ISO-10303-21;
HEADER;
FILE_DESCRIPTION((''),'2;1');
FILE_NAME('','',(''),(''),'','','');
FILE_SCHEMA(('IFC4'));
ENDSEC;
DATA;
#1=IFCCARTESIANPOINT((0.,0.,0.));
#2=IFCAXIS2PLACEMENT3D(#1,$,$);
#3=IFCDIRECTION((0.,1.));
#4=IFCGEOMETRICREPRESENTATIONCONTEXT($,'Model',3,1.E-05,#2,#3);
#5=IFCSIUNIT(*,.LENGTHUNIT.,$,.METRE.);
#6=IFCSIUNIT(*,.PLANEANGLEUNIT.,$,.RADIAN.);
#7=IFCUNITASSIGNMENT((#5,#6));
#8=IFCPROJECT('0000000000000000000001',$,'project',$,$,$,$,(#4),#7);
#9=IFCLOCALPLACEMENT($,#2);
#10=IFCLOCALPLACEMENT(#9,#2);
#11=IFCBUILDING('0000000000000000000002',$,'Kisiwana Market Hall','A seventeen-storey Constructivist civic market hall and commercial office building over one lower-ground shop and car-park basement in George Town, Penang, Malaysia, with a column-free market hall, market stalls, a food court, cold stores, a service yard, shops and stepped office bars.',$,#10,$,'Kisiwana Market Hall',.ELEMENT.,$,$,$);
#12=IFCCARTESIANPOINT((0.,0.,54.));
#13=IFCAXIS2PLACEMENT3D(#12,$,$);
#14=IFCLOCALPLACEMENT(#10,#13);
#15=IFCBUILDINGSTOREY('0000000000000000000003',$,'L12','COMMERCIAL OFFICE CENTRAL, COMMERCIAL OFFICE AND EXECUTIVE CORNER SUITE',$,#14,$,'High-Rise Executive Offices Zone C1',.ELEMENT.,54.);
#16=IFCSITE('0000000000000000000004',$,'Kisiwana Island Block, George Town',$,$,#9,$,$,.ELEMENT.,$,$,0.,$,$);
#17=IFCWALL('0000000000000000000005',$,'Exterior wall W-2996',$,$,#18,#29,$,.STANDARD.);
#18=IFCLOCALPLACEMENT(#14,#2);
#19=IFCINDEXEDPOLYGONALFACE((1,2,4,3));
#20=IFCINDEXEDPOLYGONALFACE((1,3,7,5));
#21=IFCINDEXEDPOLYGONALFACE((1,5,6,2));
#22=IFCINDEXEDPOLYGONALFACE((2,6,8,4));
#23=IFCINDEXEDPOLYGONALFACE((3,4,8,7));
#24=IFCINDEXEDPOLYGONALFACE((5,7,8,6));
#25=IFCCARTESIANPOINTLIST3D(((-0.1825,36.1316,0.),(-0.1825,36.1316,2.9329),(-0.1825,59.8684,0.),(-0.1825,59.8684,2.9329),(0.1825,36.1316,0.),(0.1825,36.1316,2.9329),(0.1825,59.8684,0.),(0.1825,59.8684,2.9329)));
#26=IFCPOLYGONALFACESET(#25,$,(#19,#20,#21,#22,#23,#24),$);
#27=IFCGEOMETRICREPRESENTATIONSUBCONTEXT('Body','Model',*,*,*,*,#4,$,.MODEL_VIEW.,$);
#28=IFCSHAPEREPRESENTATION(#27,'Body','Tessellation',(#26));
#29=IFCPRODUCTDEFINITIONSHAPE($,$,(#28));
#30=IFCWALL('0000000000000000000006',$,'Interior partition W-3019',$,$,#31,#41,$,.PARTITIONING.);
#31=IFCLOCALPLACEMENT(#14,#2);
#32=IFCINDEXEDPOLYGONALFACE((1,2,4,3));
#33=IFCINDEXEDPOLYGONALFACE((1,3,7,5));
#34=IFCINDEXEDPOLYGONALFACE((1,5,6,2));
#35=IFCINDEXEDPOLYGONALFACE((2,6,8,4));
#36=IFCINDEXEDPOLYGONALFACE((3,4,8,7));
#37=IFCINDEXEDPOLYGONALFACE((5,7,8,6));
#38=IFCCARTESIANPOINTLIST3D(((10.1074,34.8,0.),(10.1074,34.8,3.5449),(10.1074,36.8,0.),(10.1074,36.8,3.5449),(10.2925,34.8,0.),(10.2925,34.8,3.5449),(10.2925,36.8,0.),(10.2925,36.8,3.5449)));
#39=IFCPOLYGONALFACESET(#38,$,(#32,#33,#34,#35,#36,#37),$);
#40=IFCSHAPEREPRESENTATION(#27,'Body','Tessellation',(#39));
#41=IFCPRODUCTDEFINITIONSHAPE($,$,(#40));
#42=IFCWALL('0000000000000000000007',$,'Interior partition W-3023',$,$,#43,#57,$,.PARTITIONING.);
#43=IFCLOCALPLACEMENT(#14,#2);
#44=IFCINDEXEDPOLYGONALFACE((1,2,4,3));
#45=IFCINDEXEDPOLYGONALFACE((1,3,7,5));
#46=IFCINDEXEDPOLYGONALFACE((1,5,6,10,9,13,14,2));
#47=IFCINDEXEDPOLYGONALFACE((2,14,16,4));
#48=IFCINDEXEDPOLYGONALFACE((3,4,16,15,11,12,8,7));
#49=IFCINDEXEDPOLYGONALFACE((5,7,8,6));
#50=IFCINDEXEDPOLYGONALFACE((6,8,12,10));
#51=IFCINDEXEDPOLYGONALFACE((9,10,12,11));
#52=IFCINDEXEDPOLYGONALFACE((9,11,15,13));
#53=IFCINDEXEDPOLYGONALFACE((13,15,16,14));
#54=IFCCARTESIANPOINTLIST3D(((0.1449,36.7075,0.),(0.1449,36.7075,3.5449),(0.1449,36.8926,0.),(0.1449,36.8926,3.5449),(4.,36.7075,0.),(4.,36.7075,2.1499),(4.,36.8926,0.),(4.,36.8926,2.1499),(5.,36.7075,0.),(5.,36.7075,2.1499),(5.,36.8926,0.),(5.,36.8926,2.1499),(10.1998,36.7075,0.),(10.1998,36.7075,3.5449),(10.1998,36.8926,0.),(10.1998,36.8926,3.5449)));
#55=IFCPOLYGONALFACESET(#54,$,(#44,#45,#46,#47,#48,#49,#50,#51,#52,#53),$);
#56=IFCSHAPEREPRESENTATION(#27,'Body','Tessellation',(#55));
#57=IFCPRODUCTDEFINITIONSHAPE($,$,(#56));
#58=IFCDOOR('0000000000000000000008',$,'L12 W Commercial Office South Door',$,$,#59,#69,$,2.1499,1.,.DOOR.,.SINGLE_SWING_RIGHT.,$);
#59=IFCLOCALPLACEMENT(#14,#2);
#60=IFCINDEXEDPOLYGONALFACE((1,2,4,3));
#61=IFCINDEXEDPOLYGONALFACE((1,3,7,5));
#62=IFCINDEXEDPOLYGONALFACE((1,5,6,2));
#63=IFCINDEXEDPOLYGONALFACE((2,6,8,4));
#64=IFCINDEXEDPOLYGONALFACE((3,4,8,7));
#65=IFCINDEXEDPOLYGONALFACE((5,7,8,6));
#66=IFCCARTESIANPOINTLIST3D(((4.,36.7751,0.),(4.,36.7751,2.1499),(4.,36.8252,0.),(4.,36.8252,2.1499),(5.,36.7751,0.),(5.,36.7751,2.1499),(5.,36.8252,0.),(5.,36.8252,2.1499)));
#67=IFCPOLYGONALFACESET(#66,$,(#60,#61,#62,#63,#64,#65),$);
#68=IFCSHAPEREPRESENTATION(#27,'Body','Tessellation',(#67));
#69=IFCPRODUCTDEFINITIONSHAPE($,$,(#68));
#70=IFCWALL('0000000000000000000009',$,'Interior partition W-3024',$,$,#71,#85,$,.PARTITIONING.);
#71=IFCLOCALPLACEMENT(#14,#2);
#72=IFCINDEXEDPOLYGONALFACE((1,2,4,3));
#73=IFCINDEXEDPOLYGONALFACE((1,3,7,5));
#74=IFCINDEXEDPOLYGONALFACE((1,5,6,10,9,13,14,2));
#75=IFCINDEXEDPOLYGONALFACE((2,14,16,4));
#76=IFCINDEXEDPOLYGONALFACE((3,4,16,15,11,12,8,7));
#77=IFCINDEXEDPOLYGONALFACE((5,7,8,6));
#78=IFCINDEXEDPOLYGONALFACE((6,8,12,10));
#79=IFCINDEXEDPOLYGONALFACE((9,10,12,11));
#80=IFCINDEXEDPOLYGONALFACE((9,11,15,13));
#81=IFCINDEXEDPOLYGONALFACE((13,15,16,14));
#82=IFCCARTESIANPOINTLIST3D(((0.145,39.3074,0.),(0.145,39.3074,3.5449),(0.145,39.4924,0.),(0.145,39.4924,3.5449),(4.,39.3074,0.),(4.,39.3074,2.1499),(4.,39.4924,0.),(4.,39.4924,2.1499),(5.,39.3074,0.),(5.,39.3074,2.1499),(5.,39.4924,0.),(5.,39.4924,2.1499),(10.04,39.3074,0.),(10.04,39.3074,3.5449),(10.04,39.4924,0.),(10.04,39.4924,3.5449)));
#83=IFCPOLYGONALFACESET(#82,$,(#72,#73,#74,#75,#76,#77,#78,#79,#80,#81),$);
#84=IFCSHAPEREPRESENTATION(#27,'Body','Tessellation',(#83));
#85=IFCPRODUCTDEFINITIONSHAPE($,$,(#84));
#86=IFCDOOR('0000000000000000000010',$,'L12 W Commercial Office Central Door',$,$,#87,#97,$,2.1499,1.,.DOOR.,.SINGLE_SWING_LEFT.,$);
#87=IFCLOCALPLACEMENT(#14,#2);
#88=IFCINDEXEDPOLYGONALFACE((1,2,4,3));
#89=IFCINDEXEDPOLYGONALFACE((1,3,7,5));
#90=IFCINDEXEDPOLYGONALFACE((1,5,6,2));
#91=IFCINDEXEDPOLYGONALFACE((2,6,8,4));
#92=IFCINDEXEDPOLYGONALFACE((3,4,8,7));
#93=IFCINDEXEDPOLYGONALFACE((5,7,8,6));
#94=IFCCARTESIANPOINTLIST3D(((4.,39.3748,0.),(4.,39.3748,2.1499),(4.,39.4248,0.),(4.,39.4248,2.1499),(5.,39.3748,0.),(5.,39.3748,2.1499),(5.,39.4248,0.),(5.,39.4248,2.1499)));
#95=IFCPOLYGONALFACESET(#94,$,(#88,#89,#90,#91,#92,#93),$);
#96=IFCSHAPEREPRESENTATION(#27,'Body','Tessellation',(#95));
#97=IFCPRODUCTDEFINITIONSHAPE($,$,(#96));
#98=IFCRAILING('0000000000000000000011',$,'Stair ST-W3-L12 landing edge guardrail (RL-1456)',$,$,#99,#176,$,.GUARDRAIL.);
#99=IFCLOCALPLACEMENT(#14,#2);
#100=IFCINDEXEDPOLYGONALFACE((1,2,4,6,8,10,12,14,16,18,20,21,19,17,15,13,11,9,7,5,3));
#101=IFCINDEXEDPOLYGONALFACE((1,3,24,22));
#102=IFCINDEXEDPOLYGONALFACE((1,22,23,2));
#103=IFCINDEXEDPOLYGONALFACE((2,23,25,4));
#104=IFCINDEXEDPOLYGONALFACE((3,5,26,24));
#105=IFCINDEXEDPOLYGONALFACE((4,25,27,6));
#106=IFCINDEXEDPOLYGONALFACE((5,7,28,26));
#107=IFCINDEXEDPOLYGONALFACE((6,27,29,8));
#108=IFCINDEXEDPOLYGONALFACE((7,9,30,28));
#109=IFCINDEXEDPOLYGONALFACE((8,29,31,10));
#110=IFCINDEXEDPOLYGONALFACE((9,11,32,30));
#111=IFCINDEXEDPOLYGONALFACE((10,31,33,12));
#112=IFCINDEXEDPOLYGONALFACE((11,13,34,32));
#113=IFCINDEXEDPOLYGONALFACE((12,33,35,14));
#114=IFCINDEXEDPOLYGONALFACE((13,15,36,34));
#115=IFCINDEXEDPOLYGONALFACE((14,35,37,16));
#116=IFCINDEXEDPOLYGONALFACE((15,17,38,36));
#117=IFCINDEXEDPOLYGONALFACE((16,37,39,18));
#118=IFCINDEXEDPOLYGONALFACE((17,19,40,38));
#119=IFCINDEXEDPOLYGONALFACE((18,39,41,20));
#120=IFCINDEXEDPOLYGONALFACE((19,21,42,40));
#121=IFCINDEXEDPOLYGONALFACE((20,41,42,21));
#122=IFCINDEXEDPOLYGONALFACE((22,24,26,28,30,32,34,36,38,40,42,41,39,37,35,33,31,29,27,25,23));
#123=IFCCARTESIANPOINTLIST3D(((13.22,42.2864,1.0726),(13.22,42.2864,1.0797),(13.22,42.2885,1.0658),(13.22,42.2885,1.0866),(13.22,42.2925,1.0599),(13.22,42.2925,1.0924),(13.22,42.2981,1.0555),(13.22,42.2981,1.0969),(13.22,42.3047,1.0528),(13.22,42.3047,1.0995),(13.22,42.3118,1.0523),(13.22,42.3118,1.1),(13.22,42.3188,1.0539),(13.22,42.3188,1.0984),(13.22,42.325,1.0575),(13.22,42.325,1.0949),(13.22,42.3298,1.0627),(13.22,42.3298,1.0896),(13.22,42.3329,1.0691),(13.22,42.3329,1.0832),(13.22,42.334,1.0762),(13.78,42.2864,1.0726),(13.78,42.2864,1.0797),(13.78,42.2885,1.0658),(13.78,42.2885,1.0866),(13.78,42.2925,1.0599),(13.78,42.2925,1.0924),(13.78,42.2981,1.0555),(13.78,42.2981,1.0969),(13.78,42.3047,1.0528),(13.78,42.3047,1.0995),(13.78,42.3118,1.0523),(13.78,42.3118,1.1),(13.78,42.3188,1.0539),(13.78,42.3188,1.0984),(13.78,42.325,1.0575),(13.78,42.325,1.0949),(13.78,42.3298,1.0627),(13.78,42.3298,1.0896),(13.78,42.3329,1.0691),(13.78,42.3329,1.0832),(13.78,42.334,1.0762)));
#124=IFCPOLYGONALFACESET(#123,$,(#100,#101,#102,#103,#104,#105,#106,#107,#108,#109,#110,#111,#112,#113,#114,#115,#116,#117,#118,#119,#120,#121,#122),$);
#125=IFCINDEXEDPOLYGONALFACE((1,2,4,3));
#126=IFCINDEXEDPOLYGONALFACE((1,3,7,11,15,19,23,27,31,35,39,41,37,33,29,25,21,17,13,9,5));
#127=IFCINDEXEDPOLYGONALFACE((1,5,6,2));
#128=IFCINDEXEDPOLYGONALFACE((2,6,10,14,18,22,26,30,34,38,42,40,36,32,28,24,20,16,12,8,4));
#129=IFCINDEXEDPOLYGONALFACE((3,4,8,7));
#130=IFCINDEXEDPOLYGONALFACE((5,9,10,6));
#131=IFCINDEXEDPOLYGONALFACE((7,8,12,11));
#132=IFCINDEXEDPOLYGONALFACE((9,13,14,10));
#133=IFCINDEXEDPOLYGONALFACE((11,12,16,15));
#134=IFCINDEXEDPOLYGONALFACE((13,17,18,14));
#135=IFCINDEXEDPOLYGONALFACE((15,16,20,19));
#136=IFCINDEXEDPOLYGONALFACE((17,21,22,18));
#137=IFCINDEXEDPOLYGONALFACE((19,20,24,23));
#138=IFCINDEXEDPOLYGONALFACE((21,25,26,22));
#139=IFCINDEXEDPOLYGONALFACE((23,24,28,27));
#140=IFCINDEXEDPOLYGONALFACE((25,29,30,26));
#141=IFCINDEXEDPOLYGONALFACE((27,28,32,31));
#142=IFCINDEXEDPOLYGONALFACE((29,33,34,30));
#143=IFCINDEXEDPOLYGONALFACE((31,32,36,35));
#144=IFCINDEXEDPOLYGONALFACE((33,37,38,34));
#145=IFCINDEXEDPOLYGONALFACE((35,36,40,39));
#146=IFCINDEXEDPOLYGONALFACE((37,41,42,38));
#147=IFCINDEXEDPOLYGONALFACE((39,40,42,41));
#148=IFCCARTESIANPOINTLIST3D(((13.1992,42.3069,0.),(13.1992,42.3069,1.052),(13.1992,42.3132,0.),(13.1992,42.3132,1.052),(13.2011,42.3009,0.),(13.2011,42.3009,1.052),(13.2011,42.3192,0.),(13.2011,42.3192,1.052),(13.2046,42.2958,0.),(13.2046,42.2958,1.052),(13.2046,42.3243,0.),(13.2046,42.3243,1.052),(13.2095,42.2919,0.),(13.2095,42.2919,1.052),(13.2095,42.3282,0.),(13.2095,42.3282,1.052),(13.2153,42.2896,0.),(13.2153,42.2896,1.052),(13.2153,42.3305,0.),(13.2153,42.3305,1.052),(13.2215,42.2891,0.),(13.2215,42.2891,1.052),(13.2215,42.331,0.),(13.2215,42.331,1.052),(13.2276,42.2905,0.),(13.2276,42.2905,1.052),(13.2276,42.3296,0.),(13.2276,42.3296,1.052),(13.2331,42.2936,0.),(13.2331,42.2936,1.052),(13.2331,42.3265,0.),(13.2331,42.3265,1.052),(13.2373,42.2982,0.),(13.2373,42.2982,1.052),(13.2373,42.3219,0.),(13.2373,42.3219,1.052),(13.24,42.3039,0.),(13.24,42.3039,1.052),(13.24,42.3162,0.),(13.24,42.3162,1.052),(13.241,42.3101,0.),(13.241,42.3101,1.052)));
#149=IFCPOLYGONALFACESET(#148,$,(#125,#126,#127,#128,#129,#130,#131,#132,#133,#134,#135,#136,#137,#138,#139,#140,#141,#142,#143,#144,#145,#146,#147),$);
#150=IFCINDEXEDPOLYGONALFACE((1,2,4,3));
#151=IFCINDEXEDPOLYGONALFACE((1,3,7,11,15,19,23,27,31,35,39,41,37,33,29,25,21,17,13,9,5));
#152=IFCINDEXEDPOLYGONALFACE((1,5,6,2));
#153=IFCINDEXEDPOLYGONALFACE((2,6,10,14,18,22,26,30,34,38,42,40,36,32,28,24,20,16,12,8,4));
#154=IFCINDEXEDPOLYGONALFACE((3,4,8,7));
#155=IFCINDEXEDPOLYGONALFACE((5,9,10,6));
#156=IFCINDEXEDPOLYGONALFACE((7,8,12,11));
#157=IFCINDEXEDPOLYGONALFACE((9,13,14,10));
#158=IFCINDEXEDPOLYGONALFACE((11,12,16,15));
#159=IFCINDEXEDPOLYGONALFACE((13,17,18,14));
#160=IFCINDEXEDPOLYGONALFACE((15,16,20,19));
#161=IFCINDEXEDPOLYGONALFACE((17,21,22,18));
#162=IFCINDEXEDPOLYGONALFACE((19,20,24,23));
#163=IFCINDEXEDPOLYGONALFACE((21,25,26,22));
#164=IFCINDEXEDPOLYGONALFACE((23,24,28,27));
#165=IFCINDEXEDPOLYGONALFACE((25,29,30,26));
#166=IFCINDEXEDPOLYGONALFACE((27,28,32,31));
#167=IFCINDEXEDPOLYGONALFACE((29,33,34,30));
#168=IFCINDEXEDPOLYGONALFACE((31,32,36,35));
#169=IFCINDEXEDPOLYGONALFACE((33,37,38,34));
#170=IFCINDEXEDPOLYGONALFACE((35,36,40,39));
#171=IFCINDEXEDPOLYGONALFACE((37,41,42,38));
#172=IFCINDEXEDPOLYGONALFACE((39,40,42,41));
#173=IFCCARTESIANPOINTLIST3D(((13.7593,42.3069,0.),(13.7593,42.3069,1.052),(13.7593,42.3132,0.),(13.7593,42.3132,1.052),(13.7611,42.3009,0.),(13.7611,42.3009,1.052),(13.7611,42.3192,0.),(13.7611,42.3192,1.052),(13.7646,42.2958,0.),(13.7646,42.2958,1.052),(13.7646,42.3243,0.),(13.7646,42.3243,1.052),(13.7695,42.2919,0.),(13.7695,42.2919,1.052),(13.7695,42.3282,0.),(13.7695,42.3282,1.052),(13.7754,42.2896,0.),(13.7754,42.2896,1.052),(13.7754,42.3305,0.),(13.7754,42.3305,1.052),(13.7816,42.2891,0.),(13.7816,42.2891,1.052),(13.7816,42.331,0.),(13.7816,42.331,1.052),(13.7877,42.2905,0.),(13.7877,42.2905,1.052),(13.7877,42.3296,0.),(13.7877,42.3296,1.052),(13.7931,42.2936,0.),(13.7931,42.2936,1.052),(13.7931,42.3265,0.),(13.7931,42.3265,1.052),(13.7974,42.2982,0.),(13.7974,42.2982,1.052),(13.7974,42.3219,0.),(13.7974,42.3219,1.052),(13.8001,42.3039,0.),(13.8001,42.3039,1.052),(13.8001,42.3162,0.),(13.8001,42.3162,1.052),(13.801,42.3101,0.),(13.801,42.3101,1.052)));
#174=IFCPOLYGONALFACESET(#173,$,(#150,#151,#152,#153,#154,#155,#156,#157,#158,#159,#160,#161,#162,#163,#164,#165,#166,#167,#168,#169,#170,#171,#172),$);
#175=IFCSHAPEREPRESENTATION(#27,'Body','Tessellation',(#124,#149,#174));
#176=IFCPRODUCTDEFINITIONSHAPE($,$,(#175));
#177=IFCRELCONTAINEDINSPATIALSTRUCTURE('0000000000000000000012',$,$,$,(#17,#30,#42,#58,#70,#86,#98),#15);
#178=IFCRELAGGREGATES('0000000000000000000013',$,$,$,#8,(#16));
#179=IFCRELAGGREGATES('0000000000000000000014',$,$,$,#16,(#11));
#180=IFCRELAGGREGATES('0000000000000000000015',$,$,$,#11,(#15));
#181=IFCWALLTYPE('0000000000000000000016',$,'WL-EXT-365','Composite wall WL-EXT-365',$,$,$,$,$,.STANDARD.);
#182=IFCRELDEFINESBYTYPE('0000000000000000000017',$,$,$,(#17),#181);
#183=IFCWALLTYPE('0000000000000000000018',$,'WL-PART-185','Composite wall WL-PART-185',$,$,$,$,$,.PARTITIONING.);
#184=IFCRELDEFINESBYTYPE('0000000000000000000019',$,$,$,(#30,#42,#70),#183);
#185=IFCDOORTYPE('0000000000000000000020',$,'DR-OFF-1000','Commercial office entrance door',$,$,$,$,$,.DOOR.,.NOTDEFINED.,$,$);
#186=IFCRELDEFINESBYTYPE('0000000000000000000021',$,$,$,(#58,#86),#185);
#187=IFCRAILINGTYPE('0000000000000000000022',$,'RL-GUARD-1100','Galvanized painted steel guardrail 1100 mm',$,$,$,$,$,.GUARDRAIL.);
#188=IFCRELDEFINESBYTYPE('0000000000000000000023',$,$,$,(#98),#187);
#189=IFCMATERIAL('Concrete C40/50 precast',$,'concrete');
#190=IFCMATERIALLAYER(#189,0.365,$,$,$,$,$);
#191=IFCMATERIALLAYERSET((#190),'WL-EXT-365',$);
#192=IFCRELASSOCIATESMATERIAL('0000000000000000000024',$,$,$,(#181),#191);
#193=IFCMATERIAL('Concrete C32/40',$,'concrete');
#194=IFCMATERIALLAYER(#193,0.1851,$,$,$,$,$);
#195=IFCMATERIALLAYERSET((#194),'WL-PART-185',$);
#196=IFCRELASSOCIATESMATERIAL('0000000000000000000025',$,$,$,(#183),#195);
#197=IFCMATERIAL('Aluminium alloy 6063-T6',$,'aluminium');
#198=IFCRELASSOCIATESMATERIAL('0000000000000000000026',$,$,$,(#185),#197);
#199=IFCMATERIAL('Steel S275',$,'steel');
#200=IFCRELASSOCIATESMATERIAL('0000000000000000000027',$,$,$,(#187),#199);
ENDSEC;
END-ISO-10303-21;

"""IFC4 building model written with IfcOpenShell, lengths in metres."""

from ifc_helpers import new_model, si_unit, direction, frame, frame_2d, origin, origin_2d, place, context, subcontext, project, spatial, rectangle, circle, extrude, material, layer, layer_set, type_object, element, fill, save


model = new_model("IFC4")

# Units and contexts
model_context = context("Model", 3, precision=1e-05, world=origin(), true_north=direction((0.0, 1.0)))
body_context = subcontext(model_context, "Body", "Model", "MODEL_VIEW")
ifc_project = project(units=[si_unit("LENGTHUNIT", "METRE"), si_unit("PLANEANGLEUNIT", "RADIAN")], contexts=[model_context])

# Site, building, storey
site_placement = place(None, origin())
site = spatial("IfcSite", under=ifc_project, at=site_placement, Name="Kisiwana Island Block, George Town", CompositionType="ELEMENT", RefElevation=0.0)
building_placement = place(site_placement, origin())
building = spatial("IfcBuilding", under=site, at=building_placement, Name="Kisiwana Market Hall", Description="A seventeen-storey Constructivist civic market hall and commercial office building over one lower-ground shop and car-park basement in George Town, Penang, Malaysia, with a column-free market hall, market stalls, a food court, cold stores, a service yard, shops and stepped office bars.", LongName="Kisiwana Market Hall", CompositionType="ELEMENT")
storey_placement = place(building_placement, frame((0.0, 0.0, 54.0)))
storey = spatial("IfcBuildingStorey", under=building, at=storey_placement, Name="L12", Description="COMMERCIAL OFFICE CENTRAL, COMMERCIAL OFFICE AND EXECUTIVE CORNER SUITE", LongName="High-Rise Executive Offices Zone C1", CompositionType="ELEMENT", Elevation=54.0)

# Walls
ifc_material_1 = material(Name="Concrete C40/50 precast", Category="concrete")
ifc_layer_1 = layer(ifc_material_1, 0.365)
ifc_layer_set_1 = layer_set([ifc_layer_1], Name="WL-EXT-365")
wall_type_1 = type_object("IfcWallType", Name="WL-EXT-365", Description="Composite wall WL-EXT-365", PredefinedType="STANDARD", material=ifc_layer_set_1)
wall_1_placement = place(storey_placement, frame((0.0, 36.1316, 0.0), z_axis=(0.0, 0.0, 1.0), x_axis=(0.0, 1.0, 0.0)))
element("IfcWall", 1, at=wall_1_placement, inside=storey, type_object=wall_type_1, Name="Exterior wall W-2996", PredefinedType="STANDARD", context=body_context, shape_type="SweptSolid", body=[
    extrude(rectangle(XDim=23.7368, YDim=0.365, at=frame_2d((11.8684, 0.0))), origin(), (0.0, 0.0, 1.0), 2.9329),
])
ifc_material_2 = material(Name="Concrete C32/40", Category="concrete")
ifc_layer_2 = layer(ifc_material_2, 0.1851)
ifc_layer_set_2 = layer_set([ifc_layer_2], Name="WL-PART-185")
wall_type_2 = type_object("IfcWallType", Name="WL-PART-185", Description="Composite wall WL-PART-185", PredefinedType="PARTITIONING", material=ifc_layer_set_2)
wall_2_placement = place(storey_placement, frame((10.2, 34.8, 0.0), z_axis=(0.0, 0.0, 1.0), x_axis=(0.0, 1.0, 0.0)))
element("IfcWall", 2, at=wall_2_placement, inside=storey, type_object=wall_type_2, Name="Interior partition W-3019", PredefinedType="PARTITIONING", context=body_context, shape_type="SweptSolid", body=[
    extrude(rectangle(XDim=2.0, YDim=0.1851, at=frame_2d((1.0, 0.0))), origin(), (0.0, 0.0, 1.0), 3.5449),
])

# Walls, openings, doors
wall_3_placement = place(storey_placement, frame((0.145, 36.8, 0.0), z_axis=(0.0, 0.0, 1.0), x_axis=(1.0, 0.0, 0.0)))
wall_3 = element("IfcWall", 3, at=wall_3_placement, inside=storey, type_object=wall_type_2, Name="Interior partition W-3023", PredefinedType="PARTITIONING", context=body_context, shape_type="SweptSolid", body=[
    extrude(rectangle(XDim=10.0549, YDim=0.1851, at=frame_2d((5.0273, 0.0))), origin(), (0.0, 0.0, 1.0), 3.5449),
])
opening_1_placement = place(wall_3_placement, frame((3.855, 0.0, 0.0)))
opening_1 = element("IfcOpeningElement", 4, at=opening_1_placement, cuts=wall_3, PredefinedType="OPENING", context=body_context, shape_type="SweptSolid", body=[
    extrude(rectangle(XDim=1.0, YDim=2.1499, at=frame_2d((0.5, 1.075))), frame((0.0, 0.1045, 0.0), z_axis=(0.0, -1.0, 0.0), x_axis=(1.0, 0.0, 0.0)), (0.0, 0.0, 1.0), 0.209),
])
ifc_material_3 = material(Name="Aluminium alloy 6063-T6", Category="aluminium")
door_type_1 = type_object("IfcDoorType", Name="DR-OFF-1000", Description="Commercial office entrance door", OperationType="NOTDEFINED", PredefinedType="DOOR", material=ifc_material_3)
door_1_placement = place(opening_1_placement, frame((1.0, 0.0, 0.0), z_axis=(0.0, 0.0, 1.0), x_axis=(-1.0, 0.0, 0.0)))
door_1 = element("IfcDoor", 5, at=door_1_placement, inside=storey, type_object=door_type_1, Name="L12 W Commercial Office South Door", OperationType="SINGLE_SWING_RIGHT", OverallHeight=2.1499, OverallWidth=1.0, PredefinedType="DOOR", context=body_context, shape_type="SweptSolid", body=[
    extrude(rectangle(XDim=1.0, YDim=2.1499, at=frame_2d((0.5, 1.075))), frame((0.0, 0.0249, 0.0), z_axis=(0.0, -1.0, 0.0), x_axis=(1.0, 0.0, 0.0)), (0.0, 0.0, 1.0), 0.05),
])
fill(opening_1, door_1)
wall_4_placement = place(storey_placement, frame((0.145, 39.3999, 0.0), z_axis=(0.0, 0.0, 1.0), x_axis=(1.0, 0.0, 0.0)))
wall_4 = element("IfcWall", 6, at=wall_4_placement, inside=storey, type_object=wall_type_2, Name="Interior partition W-3024", PredefinedType="PARTITIONING", context=body_context, shape_type="SweptSolid", body=[
    extrude(rectangle(XDim=9.895, YDim=0.1851, at=frame_2d((4.9475, 0.0))), origin(), (0.0, 0.0, 1.0), 3.5449),
])
opening_2_placement = place(wall_4_placement, frame((3.855, 0.0, 0.0)))
opening_2 = element("IfcOpeningElement", 7, at=opening_2_placement, cuts=wall_4, PredefinedType="OPENING", context=body_context, shape_type="SweptSolid", body=[
    extrude(rectangle(XDim=1.0, YDim=2.1499, at=frame_2d((0.5, 1.075))), frame((0.0, 0.1045, 0.0), z_axis=(0.0, -1.0, 0.0), x_axis=(1.0, 0.0, 0.0)), (0.0, 0.0, 1.0), 0.209),
])
door_2_placement = place(opening_2_placement, origin())
door_2 = element("IfcDoor", 8, at=door_2_placement, inside=storey, type_object=door_type_1, Name="L12 W Commercial Office Central Door", OperationType="SINGLE_SWING_LEFT", OverallHeight=2.1499, OverallWidth=1.0, PredefinedType="DOOR", context=body_context, shape_type="SweptSolid", body=[
    extrude(rectangle(XDim=1.0, YDim=2.1499, at=frame_2d((0.5, 1.075))), frame((0.0, 0.0249, 0.0), z_axis=(0.0, -1.0, 0.0), x_axis=(1.0, 0.0, 0.0)), (0.0, 0.0, 1.0), 0.05),
])
fill(opening_2, door_2)

# Railing
ifc_material_4 = material(Name="Steel S275", Category="steel")
railing_type_1 = type_object("IfcRailingType", Name="RL-GUARD-1100", Description="Galvanized painted steel guardrail 1100 mm", PredefinedType="GUARDRAIL", material=ifc_material_4)
railing_1_placement = place(storey_placement, frame((13.22, 42.3101, 0.0)))
element("IfcRailing", 9, at=railing_1_placement, inside=storey, type_object=railing_type_1, Name="Stair ST-W3-L12 landing edge guardrail (RL-1456)", PredefinedType="GUARDRAIL", context=body_context, shape_type="SweptSolid", body=[
    extrude(circle(Radius=0.0239, at=origin_2d()), frame((0.0, 0.0, 1.0762), z_axis=(1.0, 0.0, 0.0), x_axis=(0.0, 1.0, 0.0)), (0.0, 0.0, 1.0), 0.5601),
    extrude(circle(Radius=0.021, at=origin_2d()), origin(), (0.0, 0.0, 1.0), 1.052),
    extrude(circle(Radius=0.021, at=origin_2d()), frame((0.5601, 0.0, 0.0)), (0.0, 0.0, 1.0), 1.052),
])

save(model, "model.ifc")
